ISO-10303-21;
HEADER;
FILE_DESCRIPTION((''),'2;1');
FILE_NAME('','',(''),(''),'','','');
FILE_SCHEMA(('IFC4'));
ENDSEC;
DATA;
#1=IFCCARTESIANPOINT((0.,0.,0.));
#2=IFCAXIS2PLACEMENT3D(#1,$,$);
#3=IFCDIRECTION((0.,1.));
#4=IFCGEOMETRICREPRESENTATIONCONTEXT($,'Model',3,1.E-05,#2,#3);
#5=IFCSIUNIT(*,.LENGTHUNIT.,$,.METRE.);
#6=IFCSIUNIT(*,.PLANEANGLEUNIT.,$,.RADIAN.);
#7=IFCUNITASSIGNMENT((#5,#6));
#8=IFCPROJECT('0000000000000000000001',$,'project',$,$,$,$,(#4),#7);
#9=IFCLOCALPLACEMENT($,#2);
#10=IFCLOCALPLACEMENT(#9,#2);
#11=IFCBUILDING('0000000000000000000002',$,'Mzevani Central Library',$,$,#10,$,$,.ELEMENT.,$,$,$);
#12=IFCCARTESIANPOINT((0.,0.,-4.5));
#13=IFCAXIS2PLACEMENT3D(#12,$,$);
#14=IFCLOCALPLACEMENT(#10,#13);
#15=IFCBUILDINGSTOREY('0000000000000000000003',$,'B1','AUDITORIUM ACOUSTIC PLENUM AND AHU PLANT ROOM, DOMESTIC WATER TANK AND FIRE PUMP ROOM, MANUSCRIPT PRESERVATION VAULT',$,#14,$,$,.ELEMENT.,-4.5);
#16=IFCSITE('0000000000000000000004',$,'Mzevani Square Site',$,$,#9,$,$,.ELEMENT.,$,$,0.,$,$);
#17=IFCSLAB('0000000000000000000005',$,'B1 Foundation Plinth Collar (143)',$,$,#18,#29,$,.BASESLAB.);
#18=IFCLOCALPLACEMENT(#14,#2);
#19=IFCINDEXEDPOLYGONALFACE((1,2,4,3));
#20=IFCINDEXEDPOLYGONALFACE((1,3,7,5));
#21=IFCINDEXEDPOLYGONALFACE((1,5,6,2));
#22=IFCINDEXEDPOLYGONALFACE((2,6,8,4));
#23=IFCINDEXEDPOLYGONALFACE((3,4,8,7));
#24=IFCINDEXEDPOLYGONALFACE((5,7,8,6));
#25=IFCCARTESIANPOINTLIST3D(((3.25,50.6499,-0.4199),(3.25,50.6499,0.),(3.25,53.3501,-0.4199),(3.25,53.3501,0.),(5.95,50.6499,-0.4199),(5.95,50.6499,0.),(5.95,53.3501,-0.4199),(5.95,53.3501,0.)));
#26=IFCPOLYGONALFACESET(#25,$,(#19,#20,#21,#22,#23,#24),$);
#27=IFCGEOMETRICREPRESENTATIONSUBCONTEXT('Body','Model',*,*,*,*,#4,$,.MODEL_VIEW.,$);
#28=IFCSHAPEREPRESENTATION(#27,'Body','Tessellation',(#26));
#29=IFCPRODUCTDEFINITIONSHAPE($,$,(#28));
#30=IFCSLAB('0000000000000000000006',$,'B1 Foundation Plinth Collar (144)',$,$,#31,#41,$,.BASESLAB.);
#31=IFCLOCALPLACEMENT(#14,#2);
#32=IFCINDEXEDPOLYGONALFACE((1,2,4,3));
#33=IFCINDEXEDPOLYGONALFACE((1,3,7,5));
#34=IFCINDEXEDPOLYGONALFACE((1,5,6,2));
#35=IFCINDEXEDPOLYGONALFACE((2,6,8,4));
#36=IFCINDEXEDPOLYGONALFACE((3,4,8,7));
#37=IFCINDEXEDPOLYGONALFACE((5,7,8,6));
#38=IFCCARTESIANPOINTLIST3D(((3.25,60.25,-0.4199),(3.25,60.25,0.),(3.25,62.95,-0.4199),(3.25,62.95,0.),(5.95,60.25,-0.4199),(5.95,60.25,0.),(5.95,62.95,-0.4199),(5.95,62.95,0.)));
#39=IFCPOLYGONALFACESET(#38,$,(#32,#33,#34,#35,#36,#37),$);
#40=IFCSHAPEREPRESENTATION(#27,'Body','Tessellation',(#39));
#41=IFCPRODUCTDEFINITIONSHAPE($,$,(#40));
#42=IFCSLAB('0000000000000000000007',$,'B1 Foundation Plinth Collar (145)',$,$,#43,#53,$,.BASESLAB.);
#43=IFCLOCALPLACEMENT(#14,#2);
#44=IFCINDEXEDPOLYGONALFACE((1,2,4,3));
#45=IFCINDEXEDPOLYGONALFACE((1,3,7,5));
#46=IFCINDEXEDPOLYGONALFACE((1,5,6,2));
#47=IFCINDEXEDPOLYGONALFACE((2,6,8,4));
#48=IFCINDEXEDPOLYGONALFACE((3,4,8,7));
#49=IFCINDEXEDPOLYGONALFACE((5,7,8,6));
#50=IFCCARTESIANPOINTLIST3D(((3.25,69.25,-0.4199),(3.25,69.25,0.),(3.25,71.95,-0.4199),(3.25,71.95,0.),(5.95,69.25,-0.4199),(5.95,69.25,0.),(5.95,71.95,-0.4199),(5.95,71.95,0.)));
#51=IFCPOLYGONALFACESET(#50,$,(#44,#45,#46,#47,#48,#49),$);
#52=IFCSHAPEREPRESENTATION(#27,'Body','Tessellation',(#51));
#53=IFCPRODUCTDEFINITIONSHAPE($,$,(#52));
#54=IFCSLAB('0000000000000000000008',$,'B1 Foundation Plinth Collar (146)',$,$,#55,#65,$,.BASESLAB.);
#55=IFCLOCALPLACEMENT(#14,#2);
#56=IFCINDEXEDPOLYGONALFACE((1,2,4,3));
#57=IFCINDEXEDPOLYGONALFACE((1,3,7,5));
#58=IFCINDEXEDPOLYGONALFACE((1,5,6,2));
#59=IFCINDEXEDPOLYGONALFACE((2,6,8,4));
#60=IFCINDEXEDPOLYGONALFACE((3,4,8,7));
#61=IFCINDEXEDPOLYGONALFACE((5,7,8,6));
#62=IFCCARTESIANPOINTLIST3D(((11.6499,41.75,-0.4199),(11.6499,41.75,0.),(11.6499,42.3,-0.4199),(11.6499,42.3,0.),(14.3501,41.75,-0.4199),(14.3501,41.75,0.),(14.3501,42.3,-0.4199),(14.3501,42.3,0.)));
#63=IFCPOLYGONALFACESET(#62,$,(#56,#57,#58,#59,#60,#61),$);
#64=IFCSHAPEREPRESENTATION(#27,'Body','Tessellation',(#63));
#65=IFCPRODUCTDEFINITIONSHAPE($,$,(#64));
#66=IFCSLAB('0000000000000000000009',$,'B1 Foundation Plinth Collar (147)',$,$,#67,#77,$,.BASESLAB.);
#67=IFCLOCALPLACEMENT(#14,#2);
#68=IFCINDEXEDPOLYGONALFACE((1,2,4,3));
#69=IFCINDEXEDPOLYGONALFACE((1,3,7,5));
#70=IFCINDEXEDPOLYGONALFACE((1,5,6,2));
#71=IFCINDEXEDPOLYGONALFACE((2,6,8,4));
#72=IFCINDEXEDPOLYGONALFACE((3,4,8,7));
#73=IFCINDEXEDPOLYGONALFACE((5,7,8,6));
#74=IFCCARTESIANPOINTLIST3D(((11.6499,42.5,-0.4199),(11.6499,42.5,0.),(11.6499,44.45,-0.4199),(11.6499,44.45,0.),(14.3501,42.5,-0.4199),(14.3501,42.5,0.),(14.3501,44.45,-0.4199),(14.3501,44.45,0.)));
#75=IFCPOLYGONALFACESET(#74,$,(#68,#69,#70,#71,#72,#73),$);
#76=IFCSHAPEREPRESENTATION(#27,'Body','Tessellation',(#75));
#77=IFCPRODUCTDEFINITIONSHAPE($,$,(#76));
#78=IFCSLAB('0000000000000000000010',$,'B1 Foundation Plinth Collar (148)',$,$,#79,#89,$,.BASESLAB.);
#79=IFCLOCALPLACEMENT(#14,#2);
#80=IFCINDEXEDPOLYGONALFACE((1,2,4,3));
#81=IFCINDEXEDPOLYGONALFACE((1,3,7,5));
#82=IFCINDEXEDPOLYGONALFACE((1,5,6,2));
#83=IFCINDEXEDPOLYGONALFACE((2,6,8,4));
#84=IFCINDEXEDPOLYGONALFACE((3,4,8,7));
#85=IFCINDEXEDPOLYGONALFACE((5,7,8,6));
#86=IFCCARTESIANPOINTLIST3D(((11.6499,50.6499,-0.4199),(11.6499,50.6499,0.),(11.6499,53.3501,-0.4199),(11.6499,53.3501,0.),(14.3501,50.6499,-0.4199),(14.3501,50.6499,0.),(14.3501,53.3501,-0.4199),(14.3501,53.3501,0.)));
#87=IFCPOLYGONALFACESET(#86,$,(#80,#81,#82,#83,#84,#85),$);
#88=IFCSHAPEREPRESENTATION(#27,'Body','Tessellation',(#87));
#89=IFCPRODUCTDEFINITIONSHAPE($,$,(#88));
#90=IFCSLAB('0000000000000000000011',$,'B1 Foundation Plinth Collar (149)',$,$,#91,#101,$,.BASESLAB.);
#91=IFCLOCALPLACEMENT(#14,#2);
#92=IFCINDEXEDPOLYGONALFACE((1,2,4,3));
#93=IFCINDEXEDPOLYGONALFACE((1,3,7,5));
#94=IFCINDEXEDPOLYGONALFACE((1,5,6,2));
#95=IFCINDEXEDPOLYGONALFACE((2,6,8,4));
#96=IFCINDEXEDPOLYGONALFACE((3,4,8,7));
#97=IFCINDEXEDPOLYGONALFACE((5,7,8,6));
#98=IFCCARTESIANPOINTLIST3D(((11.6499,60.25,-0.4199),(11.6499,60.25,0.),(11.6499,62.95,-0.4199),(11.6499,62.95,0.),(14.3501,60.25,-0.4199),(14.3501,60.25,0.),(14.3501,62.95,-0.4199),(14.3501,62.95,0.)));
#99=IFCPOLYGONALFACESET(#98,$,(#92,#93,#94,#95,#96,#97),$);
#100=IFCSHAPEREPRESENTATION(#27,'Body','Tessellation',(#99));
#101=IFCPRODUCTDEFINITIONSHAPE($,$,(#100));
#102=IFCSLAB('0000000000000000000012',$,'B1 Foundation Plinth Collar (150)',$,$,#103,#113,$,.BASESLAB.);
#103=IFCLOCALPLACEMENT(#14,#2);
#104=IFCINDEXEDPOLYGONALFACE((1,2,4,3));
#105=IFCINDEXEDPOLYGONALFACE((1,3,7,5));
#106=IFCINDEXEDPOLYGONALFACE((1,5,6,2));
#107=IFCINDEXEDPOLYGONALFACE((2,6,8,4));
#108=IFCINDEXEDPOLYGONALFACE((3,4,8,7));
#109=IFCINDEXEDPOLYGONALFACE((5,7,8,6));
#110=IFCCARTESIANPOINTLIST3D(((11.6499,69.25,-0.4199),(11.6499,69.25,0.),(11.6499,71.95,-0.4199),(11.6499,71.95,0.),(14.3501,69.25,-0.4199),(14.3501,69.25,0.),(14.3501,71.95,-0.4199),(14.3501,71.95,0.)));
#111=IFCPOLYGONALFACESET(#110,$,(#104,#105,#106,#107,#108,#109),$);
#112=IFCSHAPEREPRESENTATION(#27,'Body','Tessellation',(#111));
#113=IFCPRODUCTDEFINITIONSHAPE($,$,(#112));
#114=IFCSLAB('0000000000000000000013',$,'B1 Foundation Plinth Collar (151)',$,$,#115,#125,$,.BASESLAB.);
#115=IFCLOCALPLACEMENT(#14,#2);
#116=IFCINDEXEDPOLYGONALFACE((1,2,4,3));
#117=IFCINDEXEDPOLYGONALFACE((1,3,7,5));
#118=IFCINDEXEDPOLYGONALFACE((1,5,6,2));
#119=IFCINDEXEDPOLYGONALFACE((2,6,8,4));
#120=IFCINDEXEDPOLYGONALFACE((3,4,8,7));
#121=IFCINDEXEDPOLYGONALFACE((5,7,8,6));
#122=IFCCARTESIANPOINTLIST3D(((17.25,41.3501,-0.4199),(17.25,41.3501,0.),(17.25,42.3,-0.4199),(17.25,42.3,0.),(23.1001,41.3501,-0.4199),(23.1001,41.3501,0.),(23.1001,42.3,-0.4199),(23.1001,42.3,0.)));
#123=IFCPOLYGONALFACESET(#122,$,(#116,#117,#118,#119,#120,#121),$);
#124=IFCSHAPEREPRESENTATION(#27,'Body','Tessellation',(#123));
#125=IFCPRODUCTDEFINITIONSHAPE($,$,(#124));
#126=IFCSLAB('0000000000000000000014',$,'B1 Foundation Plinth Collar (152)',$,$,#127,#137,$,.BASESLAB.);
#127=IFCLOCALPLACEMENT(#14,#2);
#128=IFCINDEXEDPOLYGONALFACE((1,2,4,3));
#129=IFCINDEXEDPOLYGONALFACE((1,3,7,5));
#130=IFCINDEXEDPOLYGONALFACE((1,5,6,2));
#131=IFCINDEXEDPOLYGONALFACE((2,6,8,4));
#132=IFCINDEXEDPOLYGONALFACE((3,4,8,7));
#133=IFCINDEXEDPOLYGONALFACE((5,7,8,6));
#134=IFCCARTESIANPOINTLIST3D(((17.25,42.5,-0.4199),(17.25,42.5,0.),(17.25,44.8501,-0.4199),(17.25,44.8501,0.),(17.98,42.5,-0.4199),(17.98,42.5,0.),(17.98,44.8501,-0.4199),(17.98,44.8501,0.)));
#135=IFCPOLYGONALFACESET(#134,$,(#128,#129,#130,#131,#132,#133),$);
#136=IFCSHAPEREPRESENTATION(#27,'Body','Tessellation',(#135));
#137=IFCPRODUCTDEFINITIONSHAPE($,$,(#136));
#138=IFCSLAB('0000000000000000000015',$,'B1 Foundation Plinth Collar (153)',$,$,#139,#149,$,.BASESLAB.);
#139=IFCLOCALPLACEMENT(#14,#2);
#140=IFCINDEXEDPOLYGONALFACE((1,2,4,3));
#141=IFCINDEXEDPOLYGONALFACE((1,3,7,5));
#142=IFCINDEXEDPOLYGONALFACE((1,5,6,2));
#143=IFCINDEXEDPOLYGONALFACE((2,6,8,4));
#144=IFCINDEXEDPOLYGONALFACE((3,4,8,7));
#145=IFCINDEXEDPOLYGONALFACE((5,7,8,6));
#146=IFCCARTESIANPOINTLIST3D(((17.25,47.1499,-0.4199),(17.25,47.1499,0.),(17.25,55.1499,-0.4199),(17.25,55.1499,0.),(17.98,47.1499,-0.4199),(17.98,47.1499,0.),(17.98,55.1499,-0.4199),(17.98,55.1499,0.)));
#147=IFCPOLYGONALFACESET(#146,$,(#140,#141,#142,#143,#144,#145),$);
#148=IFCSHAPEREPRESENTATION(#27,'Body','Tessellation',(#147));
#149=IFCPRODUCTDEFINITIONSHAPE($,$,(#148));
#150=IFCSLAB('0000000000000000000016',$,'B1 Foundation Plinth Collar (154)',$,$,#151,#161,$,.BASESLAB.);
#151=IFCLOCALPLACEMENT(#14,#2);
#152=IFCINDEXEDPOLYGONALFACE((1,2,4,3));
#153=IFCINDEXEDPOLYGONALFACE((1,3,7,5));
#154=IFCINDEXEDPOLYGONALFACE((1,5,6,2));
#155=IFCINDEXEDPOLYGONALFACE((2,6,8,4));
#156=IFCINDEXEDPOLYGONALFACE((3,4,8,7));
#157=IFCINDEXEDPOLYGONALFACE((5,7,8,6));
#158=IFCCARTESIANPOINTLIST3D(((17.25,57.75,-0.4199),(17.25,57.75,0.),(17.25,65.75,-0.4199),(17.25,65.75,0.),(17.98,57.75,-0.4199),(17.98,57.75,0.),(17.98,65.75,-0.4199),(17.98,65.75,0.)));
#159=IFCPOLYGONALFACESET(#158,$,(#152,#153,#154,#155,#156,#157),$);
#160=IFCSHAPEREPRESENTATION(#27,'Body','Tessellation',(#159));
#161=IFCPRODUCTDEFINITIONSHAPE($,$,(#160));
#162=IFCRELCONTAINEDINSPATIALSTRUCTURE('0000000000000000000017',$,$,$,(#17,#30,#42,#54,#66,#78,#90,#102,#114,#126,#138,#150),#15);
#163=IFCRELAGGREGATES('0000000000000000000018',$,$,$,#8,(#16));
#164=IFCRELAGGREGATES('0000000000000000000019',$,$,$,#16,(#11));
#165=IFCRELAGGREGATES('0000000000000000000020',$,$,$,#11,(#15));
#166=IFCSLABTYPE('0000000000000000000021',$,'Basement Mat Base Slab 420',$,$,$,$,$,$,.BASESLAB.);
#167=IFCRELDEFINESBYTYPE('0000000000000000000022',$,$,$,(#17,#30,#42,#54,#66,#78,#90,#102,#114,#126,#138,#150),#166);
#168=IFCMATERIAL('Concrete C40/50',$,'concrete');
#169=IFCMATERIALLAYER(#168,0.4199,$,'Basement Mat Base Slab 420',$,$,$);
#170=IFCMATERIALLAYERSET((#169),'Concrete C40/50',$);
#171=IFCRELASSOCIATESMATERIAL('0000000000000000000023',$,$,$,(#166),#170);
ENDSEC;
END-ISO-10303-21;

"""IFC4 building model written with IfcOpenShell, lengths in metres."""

from ifc_helpers import new_model, si_unit, direction, frame, origin, place, context, subcontext, project, spatial, polyline, outline, extrude, material, layer, layer_set, type_object, element, save


model = new_model("IFC4")

# Units and contexts
model_context = context("Model", 3, precision=1e-05, world=origin(), true_north=direction((0.0, 1.0)))
body_context = subcontext(model_context, "Body", "Model", "MODEL_VIEW")
ifc_project = project(units=[si_unit("LENGTHUNIT", "METRE"), si_unit("PLANEANGLEUNIT", "RADIAN")], contexts=[model_context])

# Site, building, storey
site_placement = place(None, origin())
site = spatial("IfcSite", under=ifc_project, at=site_placement, Name="Mzevani Square Site", CompositionType="ELEMENT", RefElevation=0.0)
building_placement = place(site_placement, origin())
building = spatial("IfcBuilding", under=site, at=building_placement, Name="Mzevani Central Library", CompositionType="ELEMENT")
storey_placement = place(building_placement, frame((0.0, 0.0, -4.5)))
storey = spatial("IfcBuildingStorey", under=building, at=storey_placement, Name="B1", Description="AUDITORIUM ACOUSTIC PLENUM AND AHU PLANT ROOM, DOMESTIC WATER TANK AND FIRE PUMP ROOM, MANUSCRIPT PRESERVATION VAULT", CompositionType="ELEMENT", Elevation=-4.5)

# Slabs
ifc_material = material(Name="Concrete C40/50", Category="concrete")
ifc_layer = layer(ifc_material, 0.4199, Name="Basement Mat Base Slab 420")
ifc_layer_set = layer_set([ifc_layer], Name="Concrete C40/50")
slab_type = type_object("IfcSlabType", Name="Basement Mat Base Slab 420", PredefinedType="BASESLAB", material=ifc_layer_set)
slab_1_placement = place(storey_placement, frame((0.0, 0.0, -0.4199)))
element("IfcSlab", 1, at=slab_1_placement, inside=storey, type_object=slab_type, Name="B1 Foundation Plinth Collar (143)", PredefinedType="BASESLAB", context=body_context, shape_type="SweptSolid", body=[
    extrude(outline(polyline([(3.25, 53.3501), (5.95, 53.3501), (5.95, 50.6499), (3.25, 50.6499), (3.25, 53.3501)])), origin(), (0.0, 0.0, 1.0), 0.4199),
])
slab_2_placement = place(storey_placement, frame((0.0, 0.0, -0.4199)))
element("IfcSlab", 2, at=slab_2_placement, inside=storey, type_object=slab_type, Name="B1 Foundation Plinth Collar (144)", PredefinedType="BASESLAB", context=body_context, shape_type="SweptSolid", body=[
    extrude(outline(polyline([(3.25, 62.95), (5.95, 62.95), (5.95, 60.25), (3.25, 60.25), (3.25, 62.95)])), origin(), (0.0, 0.0, 1.0), 0.4199),
])
slab_3_placement = place(storey_placement, frame((0.0, 0.0, -0.4199)))
element("IfcSlab", 3, at=slab_3_placement, inside=storey, type_object=slab_type, Name="B1 Foundation Plinth Collar (145)", PredefinedType="BASESLAB", context=body_context, shape_type="SweptSolid", body=[
    extrude(outline(polyline([(3.25, 71.95), (5.95, 71.95), (5.95, 69.25), (3.25, 69.25), (3.25, 71.95)])), origin(), (0.0, 0.0, 1.0), 0.4199),
])
slab_4_placement = place(storey_placement, frame((0.0, 0.0, -0.4199)))
element("IfcSlab", 4, at=slab_4_placement, inside=storey, type_object=slab_type, Name="B1 Foundation Plinth Collar (146)", PredefinedType="BASESLAB", context=body_context, shape_type="SweptSolid", body=[
    extrude(outline(polyline([(11.6499, 42.3), (14.3501, 42.3), (14.3501, 41.75), (11.6499, 41.75), (11.6499, 42.3)])), origin(), (0.0, 0.0, 1.0), 0.4199),
])
slab_5_placement = place(storey_placement, frame((0.0, 0.0, -0.4199)))
element("IfcSlab", 5, at=slab_5_placement, inside=storey, type_object=slab_type, Name="B1 Foundation Plinth Collar (147)", PredefinedType="BASESLAB", context=body_context, shape_type="SweptSolid", body=[
    extrude(outline(polyline([(11.6499, 44.45), (14.3501, 44.45), (14.3501, 42.5), (11.6499, 42.5), (11.6499, 44.45)])), origin(), (0.0, 0.0, 1.0), 0.4199),
])
slab_6_placement = place(storey_placement, frame((0.0, 0.0, -0.4199)))
element("IfcSlab", 6, at=slab_6_placement, inside=storey, type_object=slab_type, Name="B1 Foundation Plinth Collar (148)", PredefinedType="BASESLAB", context=body_context, shape_type="SweptSolid", body=[
    extrude(outline(polyline([(11.6499, 53.3501), (14.3501, 53.3501), (14.3501, 50.6499), (11.6499, 50.6499), (11.6499, 53.3501)])), origin(), (0.0, 0.0, 1.0), 0.4199),
])
slab_7_placement = place(storey_placement, frame((0.0, 0.0, -0.4199)))
element("IfcSlab", 7, at=slab_7_placement, inside=storey, type_object=slab_type, Name="B1 Foundation Plinth Collar (149)", PredefinedType="BASESLAB", context=body_context, shape_type="SweptSolid", body=[
    extrude(outline(polyline([(11.6499, 62.95), (14.3501, 62.95), (14.3501, 60.25), (11.6499, 60.25), (11.6499, 62.95)])), origin(), (0.0, 0.0, 1.0), 0.4199),
])
slab_8_placement = place(storey_placement, frame((0.0, 0.0, -0.4199)))
element("IfcSlab", 8, at=slab_8_placement, inside=storey, type_object=slab_type, Name="B1 Foundation Plinth Collar (150)", PredefinedType="BASESLAB", context=body_context, shape_type="SweptSolid", body=[
    extrude(outline(polyline([(11.6499, 71.95), (14.3501, 71.95), (14.3501, 69.25), (11.6499, 69.25), (11.6499, 71.95)])), origin(), (0.0, 0.0, 1.0), 0.4199),
])
slab_9_placement = place(storey_placement, frame((0.0, 0.0, -0.4199)))
element("IfcSlab", 9, at=slab_9_placement, inside=storey, type_object=slab_type, Name="B1 Foundation Plinth Collar (151)", PredefinedType="BASESLAB", context=body_context, shape_type="SweptSolid", body=[
    extrude(outline(polyline([(17.25, 41.3501), (17.25, 42.3), (23.1001, 42.3), (23.1001, 41.3501), (17.25, 41.3501)])), origin(), (0.0, 0.0, 1.0), 0.4199),
])
slab_10_placement = place(storey_placement, frame((0.0, 0.0, -0.4199)))
element("IfcSlab", 10, at=slab_10_placement, inside=storey, type_object=slab_type, Name="B1 Foundation Plinth Collar (152)", PredefinedType="BASESLAB", context=body_context, shape_type="SweptSolid", body=[
    extrude(outline(polyline([(17.25, 44.8501), (17.98, 44.8501), (17.98, 42.5), (17.25, 42.5), (17.25, 44.8501)])), origin(), (0.0, 0.0, 1.0), 0.4199),
])
slab_11_placement = place(storey_placement, frame((0.0, 0.0, -0.4199)))
element("IfcSlab", 11, at=slab_11_placement, inside=storey, type_object=slab_type, Name="B1 Foundation Plinth Collar (153)", PredefinedType="BASESLAB", context=body_context, shape_type="SweptSolid", body=[
    extrude(outline(polyline([(17.25, 55.1499), (17.98, 55.1499), (17.98, 47.1499), (17.25, 47.1499), (17.25, 55.1499)])), origin(), (0.0, 0.0, 1.0), 0.4199),
])
slab_12_placement = place(storey_placement, frame((0.0, 0.0, -0.4199)))
element("IfcSlab", 12, at=slab_12_placement, inside=storey, type_object=slab_type, Name="B1 Foundation Plinth Collar (154)", PredefinedType="BASESLAB", context=body_context, shape_type="SweptSolid", body=[
    extrude(outline(polyline([(17.25, 65.75), (17.98, 65.75), (17.98, 57.75), (17.25, 57.75), (17.25, 65.75)])), origin(), (0.0, 0.0, 1.0), 0.4199),
])

save(model, "model.ifc")
